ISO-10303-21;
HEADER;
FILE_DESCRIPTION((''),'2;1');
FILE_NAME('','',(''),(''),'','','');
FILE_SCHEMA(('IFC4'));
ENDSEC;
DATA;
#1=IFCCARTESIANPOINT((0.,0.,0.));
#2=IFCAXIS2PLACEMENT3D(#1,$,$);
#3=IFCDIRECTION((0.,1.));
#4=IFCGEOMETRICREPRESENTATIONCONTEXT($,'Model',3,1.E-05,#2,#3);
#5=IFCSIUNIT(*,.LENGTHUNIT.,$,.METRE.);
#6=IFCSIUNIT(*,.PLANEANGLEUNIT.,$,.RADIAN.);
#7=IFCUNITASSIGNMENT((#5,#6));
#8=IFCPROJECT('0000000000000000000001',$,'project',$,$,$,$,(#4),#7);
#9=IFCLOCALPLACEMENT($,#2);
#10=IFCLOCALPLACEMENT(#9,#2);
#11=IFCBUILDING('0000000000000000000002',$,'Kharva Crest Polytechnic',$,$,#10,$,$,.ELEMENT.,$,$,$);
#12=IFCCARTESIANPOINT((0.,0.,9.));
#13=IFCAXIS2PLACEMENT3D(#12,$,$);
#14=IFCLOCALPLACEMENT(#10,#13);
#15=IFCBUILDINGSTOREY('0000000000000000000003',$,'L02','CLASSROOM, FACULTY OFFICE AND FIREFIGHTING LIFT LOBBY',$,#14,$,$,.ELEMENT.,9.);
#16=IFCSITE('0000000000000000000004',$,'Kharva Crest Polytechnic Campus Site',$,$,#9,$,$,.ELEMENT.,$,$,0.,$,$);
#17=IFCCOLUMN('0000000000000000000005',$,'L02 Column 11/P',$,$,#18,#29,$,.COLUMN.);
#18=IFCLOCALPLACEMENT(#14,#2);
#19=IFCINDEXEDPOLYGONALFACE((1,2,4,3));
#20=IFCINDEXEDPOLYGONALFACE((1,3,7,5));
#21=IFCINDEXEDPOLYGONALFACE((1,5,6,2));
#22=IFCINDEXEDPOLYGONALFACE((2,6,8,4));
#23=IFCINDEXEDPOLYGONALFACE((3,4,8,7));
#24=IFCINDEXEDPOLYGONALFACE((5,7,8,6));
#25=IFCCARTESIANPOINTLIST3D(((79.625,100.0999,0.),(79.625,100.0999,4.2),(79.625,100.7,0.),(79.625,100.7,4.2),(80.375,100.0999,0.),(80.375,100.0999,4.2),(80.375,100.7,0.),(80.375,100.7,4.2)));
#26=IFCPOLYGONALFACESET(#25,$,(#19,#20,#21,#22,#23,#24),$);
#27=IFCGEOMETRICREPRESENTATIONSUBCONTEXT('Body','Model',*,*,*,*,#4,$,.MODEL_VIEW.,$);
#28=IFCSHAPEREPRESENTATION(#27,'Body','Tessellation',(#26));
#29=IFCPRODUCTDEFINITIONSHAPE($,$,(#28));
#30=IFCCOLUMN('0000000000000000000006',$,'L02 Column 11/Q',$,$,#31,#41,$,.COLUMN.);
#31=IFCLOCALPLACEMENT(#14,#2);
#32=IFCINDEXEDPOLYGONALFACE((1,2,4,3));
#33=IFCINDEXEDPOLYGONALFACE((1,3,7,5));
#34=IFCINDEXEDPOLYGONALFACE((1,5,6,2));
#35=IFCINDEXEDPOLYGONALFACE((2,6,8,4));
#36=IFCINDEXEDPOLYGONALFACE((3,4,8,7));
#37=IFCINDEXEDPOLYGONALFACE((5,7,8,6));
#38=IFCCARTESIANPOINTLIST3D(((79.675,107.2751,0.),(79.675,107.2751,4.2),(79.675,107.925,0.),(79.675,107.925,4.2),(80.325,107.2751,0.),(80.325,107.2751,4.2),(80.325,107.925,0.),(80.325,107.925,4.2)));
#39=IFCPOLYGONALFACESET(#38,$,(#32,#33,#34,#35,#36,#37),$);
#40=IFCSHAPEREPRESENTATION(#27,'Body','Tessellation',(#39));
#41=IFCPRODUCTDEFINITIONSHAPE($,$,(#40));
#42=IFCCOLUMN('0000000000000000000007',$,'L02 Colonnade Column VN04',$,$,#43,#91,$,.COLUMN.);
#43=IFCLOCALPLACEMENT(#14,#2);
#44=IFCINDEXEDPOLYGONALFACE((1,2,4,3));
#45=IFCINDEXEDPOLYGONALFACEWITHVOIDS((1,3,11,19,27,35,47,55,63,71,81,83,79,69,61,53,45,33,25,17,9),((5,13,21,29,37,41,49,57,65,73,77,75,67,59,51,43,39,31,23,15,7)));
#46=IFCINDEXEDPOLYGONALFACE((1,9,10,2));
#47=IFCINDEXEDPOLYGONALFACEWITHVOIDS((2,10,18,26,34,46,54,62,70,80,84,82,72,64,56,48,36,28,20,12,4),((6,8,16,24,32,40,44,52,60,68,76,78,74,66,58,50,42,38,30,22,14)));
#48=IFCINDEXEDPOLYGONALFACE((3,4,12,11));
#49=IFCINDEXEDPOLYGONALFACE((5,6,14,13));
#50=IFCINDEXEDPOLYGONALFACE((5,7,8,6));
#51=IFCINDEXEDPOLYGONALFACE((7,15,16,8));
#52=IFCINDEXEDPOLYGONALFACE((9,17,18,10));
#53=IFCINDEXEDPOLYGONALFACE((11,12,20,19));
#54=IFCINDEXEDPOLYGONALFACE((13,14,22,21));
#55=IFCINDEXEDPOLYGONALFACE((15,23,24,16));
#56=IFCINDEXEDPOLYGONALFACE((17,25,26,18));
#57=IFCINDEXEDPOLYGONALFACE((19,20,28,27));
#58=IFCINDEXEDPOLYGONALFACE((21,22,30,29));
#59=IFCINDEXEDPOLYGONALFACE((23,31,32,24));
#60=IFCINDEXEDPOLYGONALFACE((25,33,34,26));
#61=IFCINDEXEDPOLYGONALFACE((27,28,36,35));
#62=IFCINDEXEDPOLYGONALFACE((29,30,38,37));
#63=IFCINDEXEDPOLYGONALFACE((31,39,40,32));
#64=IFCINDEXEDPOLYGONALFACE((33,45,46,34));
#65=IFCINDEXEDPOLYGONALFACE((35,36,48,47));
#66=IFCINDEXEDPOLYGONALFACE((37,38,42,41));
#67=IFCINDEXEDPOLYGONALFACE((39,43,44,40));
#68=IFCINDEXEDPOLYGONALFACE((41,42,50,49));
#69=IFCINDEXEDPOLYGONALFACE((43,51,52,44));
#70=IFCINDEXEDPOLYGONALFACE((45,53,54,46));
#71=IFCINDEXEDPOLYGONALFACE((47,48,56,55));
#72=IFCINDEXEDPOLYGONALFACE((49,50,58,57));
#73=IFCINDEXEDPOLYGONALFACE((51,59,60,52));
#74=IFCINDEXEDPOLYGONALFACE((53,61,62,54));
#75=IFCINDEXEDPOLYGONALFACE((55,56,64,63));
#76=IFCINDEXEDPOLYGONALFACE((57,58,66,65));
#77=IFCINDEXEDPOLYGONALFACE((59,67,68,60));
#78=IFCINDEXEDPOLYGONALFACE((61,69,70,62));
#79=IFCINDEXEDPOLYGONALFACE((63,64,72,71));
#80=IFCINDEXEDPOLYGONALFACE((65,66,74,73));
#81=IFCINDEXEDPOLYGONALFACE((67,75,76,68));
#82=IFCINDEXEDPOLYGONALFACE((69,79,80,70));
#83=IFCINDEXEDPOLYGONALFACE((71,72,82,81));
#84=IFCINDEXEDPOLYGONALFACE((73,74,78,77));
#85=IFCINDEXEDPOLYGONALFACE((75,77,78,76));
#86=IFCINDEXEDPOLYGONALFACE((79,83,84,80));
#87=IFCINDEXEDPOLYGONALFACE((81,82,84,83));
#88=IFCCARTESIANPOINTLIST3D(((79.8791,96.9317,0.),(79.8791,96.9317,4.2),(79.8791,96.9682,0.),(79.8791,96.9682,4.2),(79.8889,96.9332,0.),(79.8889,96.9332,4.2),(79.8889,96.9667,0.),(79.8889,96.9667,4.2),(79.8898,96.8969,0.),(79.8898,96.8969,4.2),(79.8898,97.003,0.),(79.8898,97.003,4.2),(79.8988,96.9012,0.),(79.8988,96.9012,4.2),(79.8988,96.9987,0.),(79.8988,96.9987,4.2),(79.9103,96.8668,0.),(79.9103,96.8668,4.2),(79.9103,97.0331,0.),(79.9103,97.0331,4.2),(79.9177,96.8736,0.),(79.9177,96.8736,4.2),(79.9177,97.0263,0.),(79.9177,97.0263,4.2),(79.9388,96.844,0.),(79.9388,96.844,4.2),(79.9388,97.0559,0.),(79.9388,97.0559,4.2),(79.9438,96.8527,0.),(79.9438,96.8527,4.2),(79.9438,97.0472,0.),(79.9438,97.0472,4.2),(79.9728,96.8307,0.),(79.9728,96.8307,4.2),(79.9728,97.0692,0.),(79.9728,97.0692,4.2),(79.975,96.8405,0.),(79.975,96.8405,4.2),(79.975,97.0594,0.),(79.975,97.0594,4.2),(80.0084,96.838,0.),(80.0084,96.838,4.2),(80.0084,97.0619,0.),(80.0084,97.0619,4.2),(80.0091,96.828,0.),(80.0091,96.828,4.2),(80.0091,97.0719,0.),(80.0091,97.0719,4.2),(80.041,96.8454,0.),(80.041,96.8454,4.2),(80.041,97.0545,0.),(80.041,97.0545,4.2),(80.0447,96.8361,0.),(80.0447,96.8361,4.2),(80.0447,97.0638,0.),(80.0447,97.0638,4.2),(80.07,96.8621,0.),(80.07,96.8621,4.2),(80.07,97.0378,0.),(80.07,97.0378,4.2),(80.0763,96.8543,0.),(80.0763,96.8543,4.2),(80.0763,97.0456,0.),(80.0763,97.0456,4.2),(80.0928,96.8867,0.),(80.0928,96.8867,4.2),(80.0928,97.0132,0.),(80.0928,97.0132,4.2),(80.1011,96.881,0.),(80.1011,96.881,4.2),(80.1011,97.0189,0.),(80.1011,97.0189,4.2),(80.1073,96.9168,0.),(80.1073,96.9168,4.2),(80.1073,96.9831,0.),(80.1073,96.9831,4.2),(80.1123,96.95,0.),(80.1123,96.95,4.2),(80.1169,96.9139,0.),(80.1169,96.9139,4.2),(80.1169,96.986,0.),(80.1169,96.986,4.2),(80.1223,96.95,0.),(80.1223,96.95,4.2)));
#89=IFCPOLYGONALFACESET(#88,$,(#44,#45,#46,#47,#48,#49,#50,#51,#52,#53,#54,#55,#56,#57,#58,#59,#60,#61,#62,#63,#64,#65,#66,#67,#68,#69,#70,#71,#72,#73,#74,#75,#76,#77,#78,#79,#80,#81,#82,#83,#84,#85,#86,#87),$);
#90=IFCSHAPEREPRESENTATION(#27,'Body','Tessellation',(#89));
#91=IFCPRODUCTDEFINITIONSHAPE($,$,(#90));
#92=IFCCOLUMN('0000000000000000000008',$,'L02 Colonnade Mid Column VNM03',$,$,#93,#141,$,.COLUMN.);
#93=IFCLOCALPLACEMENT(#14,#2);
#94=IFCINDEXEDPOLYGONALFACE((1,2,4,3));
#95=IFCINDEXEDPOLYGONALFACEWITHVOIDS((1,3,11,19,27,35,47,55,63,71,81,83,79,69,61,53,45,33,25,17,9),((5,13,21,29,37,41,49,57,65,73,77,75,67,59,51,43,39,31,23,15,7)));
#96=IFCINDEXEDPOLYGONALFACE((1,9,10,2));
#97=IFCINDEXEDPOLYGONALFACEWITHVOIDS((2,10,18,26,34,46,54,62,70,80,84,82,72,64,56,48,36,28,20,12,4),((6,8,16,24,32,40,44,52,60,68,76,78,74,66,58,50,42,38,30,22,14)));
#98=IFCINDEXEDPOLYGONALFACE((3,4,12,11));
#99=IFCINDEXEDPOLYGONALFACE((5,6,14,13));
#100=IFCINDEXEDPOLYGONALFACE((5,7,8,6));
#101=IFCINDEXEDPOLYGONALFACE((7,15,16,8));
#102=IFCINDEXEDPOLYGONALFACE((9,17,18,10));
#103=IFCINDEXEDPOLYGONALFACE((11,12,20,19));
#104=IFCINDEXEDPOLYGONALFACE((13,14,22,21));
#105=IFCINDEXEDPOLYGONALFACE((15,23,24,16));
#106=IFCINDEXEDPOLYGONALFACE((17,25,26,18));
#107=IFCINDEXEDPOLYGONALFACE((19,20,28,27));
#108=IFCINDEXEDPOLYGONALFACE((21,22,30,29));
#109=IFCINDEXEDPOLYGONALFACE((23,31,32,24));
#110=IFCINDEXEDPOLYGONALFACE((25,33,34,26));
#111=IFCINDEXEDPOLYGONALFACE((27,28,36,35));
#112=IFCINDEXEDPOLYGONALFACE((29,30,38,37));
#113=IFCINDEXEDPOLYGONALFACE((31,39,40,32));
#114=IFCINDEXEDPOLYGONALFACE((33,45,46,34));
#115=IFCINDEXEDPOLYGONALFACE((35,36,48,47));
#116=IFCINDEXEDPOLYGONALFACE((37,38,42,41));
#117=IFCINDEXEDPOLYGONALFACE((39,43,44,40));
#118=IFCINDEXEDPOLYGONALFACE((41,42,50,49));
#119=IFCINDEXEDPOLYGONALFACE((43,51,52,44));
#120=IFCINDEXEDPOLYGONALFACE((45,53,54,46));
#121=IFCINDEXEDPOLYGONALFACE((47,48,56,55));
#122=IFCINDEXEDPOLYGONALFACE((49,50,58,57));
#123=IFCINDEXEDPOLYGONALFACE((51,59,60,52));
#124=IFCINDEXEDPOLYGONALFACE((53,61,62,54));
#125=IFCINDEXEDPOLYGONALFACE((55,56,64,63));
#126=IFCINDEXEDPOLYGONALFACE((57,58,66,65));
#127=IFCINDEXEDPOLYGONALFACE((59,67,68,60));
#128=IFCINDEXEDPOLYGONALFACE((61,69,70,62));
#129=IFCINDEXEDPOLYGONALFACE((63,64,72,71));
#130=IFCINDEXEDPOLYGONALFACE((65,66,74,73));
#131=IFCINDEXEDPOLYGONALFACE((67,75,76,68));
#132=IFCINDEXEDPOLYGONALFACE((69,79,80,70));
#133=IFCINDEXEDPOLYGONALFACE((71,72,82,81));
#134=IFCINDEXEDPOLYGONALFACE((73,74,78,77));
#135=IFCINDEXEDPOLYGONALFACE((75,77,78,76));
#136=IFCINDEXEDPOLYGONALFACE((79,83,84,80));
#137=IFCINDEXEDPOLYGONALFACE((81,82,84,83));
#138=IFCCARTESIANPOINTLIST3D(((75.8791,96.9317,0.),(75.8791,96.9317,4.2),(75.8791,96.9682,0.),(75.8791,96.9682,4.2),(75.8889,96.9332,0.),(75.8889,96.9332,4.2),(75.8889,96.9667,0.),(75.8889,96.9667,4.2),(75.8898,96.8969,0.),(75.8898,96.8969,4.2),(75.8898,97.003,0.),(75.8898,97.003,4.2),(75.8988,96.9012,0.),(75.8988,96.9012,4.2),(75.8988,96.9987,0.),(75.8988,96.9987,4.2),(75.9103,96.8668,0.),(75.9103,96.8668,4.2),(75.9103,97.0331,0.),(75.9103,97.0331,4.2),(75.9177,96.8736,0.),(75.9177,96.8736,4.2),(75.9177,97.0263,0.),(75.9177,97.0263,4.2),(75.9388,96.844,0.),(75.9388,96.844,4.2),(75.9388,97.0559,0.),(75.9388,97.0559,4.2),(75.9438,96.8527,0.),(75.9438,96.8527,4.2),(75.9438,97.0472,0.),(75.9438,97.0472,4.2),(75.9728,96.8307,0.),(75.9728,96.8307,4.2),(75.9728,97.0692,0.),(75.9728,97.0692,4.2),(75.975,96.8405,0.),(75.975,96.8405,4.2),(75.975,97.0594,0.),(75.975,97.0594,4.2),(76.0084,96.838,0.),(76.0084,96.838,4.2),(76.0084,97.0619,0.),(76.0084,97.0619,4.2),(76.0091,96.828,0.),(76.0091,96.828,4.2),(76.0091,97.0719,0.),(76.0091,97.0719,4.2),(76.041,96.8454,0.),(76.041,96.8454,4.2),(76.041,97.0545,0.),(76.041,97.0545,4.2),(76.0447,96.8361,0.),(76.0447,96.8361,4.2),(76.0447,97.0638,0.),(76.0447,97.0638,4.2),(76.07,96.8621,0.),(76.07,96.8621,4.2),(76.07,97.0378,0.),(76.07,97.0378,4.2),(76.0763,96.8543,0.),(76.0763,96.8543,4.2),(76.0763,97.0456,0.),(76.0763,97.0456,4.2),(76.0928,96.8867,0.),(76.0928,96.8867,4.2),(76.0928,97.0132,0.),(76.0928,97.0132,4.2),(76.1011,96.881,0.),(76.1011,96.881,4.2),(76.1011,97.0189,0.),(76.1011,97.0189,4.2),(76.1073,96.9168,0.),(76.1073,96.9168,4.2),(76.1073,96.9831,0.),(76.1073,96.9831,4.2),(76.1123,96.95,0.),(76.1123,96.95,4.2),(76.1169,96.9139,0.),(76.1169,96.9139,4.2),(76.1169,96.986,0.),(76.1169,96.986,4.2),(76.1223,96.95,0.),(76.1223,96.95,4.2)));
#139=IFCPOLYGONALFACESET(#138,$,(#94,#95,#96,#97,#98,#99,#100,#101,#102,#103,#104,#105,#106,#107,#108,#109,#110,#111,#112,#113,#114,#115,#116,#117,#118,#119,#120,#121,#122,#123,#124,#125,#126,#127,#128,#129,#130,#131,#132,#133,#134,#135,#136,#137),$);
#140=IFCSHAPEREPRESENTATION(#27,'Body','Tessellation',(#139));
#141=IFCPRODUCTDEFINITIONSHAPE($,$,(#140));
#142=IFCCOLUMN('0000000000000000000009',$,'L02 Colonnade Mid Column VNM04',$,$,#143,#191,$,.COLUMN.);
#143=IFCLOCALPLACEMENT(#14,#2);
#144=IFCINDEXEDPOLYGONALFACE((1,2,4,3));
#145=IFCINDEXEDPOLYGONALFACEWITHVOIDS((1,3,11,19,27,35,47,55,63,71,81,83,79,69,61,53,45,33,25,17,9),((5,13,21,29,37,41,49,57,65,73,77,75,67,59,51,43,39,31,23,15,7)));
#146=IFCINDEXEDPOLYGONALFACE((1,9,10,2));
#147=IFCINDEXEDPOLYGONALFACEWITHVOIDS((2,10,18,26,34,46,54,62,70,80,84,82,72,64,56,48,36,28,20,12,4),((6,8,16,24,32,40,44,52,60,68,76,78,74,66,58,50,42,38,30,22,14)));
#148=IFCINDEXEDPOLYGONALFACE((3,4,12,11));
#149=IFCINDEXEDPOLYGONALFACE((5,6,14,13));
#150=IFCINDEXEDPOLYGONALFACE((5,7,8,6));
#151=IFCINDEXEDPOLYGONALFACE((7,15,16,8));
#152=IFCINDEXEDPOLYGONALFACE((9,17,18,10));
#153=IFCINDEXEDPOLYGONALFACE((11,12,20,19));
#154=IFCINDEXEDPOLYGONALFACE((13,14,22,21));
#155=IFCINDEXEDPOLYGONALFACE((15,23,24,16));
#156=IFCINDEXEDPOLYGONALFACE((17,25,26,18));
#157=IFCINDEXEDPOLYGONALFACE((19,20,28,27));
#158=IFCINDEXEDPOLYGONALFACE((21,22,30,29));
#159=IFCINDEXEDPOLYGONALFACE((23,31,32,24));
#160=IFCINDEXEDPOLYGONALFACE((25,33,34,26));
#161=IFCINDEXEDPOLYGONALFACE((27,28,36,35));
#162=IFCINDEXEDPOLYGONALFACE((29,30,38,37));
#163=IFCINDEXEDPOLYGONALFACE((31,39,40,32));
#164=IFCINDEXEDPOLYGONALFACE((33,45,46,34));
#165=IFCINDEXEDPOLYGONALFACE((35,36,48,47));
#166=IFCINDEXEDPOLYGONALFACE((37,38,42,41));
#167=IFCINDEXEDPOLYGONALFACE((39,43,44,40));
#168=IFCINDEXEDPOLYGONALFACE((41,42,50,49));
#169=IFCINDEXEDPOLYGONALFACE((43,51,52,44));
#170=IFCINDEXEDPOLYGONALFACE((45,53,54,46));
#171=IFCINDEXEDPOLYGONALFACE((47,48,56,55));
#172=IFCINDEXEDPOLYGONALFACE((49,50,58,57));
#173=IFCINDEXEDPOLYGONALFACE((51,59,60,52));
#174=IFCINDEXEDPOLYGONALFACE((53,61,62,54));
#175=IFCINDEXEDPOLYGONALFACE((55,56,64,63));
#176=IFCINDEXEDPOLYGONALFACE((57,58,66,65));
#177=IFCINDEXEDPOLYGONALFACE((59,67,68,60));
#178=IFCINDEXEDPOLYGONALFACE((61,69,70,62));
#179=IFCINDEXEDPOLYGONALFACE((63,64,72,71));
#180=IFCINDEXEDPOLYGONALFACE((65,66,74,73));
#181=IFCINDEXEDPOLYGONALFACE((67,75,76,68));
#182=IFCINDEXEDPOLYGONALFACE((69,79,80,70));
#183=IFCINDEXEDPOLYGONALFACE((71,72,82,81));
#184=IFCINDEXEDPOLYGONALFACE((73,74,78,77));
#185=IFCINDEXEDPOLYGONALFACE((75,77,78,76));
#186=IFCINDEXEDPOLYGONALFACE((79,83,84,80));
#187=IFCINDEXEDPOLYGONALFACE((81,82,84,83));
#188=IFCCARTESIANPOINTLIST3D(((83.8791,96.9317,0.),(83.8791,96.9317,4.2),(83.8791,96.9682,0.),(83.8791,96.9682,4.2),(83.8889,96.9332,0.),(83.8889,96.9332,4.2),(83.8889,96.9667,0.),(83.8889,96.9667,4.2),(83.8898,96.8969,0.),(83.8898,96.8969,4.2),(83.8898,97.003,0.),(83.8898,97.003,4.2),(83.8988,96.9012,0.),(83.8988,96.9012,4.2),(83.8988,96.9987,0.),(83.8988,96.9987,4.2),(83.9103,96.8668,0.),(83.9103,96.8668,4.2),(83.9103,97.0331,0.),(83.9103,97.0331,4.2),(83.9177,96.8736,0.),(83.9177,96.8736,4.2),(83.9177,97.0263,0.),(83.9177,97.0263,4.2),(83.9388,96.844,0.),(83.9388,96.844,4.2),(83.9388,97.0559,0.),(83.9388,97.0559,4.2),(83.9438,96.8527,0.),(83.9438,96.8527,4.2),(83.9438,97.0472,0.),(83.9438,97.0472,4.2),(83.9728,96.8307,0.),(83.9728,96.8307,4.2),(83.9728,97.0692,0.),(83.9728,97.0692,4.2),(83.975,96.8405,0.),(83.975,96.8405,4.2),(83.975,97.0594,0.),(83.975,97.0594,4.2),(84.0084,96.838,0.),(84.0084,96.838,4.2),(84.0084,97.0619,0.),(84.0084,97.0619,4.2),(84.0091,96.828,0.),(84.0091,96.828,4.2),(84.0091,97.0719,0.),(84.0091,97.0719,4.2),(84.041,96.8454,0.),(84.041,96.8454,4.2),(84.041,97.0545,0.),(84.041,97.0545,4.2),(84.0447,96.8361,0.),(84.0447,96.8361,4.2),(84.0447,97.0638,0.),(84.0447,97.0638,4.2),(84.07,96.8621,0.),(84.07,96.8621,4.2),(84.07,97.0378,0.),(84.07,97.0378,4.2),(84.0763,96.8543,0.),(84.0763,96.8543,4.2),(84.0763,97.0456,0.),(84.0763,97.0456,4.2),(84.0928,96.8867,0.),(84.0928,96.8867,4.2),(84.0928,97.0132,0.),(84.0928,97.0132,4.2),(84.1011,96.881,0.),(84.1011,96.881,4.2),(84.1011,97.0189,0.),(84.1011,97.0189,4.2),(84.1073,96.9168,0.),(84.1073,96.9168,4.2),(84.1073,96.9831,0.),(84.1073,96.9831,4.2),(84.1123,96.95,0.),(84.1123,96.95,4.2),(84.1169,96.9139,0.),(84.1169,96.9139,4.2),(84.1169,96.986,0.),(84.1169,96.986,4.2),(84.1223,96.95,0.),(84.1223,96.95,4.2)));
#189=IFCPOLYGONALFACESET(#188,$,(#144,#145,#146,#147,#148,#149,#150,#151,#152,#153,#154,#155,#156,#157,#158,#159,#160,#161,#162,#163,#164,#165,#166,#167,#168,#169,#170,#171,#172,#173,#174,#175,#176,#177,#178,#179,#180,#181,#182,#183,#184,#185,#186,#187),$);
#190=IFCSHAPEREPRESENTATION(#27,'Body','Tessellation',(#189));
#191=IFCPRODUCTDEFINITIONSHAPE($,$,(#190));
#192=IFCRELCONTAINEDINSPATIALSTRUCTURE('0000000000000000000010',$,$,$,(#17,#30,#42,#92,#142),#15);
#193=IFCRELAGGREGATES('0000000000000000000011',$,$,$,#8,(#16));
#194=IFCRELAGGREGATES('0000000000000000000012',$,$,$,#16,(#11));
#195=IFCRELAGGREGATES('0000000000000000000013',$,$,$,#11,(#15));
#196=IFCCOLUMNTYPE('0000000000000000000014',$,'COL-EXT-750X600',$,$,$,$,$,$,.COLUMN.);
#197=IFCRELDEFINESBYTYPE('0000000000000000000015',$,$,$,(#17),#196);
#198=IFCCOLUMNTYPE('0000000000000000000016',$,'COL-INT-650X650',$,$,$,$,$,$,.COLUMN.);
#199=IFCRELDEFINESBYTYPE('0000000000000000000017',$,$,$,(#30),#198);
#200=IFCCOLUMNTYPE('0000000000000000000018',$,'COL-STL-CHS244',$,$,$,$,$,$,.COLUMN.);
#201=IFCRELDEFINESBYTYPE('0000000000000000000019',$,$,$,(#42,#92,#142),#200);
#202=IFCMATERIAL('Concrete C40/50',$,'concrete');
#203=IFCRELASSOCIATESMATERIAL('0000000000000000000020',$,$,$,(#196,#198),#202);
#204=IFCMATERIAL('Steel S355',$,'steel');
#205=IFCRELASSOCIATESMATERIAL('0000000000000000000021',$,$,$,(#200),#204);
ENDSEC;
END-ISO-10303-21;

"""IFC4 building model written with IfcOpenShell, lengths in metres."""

from ifc_helpers import new_model, si_unit, direction, frame, origin, origin_2d, place, context, subcontext, project, spatial, rectangle, hollow_circle, extrude, material, material_profile, profile_set, type_object, element, save


model = new_model("IFC4")

# Units and contexts
model_context = context("Model", 3, precision=1e-05, world=origin(), true_north=direction((0.0, 1.0)))
body_context = subcontext(model_context, "Body", "Model", "MODEL_VIEW")
ifc_project = project(units=[si_unit("LENGTHUNIT", "METRE"), si_unit("PLANEANGLEUNIT", "RADIAN")], contexts=[model_context])

# Site, building, storey
site_placement = place(None, origin())
site = spatial("IfcSite", under=ifc_project, at=site_placement, Name="Kharva Crest Polytechnic Campus Site", CompositionType="ELEMENT", RefElevation=0.0)
building_placement = place(site_placement, origin())
building = spatial("IfcBuilding", under=site, at=building_placement, Name="Kharva Crest Polytechnic", CompositionType="ELEMENT")
storey_placement = place(building_placement, frame((0.0, 0.0, 9.0)))
storey = spatial("IfcBuildingStorey", under=building, at=storey_placement, Name="L02", Description="CLASSROOM, FACULTY OFFICE AND FIREFIGHTING LIFT LOBBY", CompositionType="ELEMENT", Elevation=9.0)

# Columns
ifc_material_1 = material(Name="Concrete C40/50", Category="concrete")
ifc_material_profile_1 = material_profile(ifc_material_1, rectangle(XDim=0.75, YDim=0.6001, at=origin_2d()), Name="RECT 750 X 600")
ifc_profile_set_1 = profile_set([ifc_material_profile_1], Name="Concrete C40/50")
column_type_1 = type_object("IfcColumnType", Name="COL-EXT-750X600", PredefinedType="COLUMN", material=ifc_profile_set_1)
column_1_placement = place(storey_placement, frame((80.0, 100.3999, 0.0), z_axis=(0.0, 0.0, 1.0), x_axis=(1.0, 0.0, 0.0)))
element("IfcColumn", 1, at=column_1_placement, inside=storey, type_object=column_type_1, Name="L02 Column 11/P", PredefinedType="COLUMN", context=body_context, shape_type="SweptSolid", body=[
    extrude(rectangle(XDim=0.75, YDim=0.6001, at=origin_2d()), origin(), (0.0, 0.0, 1.0), 4.2),
])
ifc_material_profile_2 = material_profile(ifc_material_1, rectangle(XDim=0.6499, YDim=0.6499, at=origin_2d()), Name="RECT 650 X 650")
ifc_profile_set_2 = profile_set([ifc_material_profile_2], Name="Concrete C40/50")
column_type_2 = type_object("IfcColumnType", Name="COL-INT-650X650", PredefinedType="COLUMN", material=ifc_profile_set_2)
column_2_placement = place(storey_placement, frame((80.0, 107.6001, 0.0), z_axis=(0.0, 0.0, 1.0), x_axis=(1.0, 0.0, 0.0)))
element("IfcColumn", 2, at=column_2_placement, inside=storey, type_object=column_type_2, Name="L02 Column 11/Q", PredefinedType="COLUMN", context=body_context, shape_type="SweptSolid", body=[
    extrude(rectangle(XDim=0.6499, YDim=0.6499, at=origin_2d()), origin(), (0.0, 0.0, 1.0), 4.2),
])
ifc_material_2 = material(Name="Steel S355", Category="steel")
ifc_material_profile_3 = material_profile(ifc_material_2, hollow_circle(Radius=0.1223, WallThickness=0.01, at=origin_2d()), Name="CHS 244.5X10.0")
ifc_profile_set_3 = profile_set([ifc_material_profile_3], Name="Steel S355")
column_type_3 = type_object("IfcColumnType", Name="COL-STL-CHS244", PredefinedType="COLUMN", material=ifc_profile_set_3)
for number, where, z_axis, x_axis, name in (
    (3, (80.0, 96.95, 0.0), (0.0, 0.0, 1.0), (1.0, 0.0, 0.0), "L02 Colonnade Column VN04"),
    (4, (76.0, 96.95, 0.0), (0.0, 0.0, 1.0), (1.0, 0.0, 0.0), "L02 Colonnade Mid Column VNM03"),
    (5, (84.0, 96.95, 0.0), (0.0, 0.0, 1.0), (1.0, 0.0, 0.0), "L02 Colonnade Mid Column VNM04"),
):
    element("IfcColumn", number, at=place(storey_placement, frame(where, z_axis=z_axis, x_axis=x_axis)), inside=storey, type_object=column_type_3, Name=name, PredefinedType="COLUMN", context=body_context, shape_type="SweptSolid", body=[
        extrude(hollow_circle(Radius=0.1223, WallThickness=0.01, at=origin_2d()), origin(), (0.0, 0.0, 1.0), 4.2),
    ])

save(model, "model.ifc")
